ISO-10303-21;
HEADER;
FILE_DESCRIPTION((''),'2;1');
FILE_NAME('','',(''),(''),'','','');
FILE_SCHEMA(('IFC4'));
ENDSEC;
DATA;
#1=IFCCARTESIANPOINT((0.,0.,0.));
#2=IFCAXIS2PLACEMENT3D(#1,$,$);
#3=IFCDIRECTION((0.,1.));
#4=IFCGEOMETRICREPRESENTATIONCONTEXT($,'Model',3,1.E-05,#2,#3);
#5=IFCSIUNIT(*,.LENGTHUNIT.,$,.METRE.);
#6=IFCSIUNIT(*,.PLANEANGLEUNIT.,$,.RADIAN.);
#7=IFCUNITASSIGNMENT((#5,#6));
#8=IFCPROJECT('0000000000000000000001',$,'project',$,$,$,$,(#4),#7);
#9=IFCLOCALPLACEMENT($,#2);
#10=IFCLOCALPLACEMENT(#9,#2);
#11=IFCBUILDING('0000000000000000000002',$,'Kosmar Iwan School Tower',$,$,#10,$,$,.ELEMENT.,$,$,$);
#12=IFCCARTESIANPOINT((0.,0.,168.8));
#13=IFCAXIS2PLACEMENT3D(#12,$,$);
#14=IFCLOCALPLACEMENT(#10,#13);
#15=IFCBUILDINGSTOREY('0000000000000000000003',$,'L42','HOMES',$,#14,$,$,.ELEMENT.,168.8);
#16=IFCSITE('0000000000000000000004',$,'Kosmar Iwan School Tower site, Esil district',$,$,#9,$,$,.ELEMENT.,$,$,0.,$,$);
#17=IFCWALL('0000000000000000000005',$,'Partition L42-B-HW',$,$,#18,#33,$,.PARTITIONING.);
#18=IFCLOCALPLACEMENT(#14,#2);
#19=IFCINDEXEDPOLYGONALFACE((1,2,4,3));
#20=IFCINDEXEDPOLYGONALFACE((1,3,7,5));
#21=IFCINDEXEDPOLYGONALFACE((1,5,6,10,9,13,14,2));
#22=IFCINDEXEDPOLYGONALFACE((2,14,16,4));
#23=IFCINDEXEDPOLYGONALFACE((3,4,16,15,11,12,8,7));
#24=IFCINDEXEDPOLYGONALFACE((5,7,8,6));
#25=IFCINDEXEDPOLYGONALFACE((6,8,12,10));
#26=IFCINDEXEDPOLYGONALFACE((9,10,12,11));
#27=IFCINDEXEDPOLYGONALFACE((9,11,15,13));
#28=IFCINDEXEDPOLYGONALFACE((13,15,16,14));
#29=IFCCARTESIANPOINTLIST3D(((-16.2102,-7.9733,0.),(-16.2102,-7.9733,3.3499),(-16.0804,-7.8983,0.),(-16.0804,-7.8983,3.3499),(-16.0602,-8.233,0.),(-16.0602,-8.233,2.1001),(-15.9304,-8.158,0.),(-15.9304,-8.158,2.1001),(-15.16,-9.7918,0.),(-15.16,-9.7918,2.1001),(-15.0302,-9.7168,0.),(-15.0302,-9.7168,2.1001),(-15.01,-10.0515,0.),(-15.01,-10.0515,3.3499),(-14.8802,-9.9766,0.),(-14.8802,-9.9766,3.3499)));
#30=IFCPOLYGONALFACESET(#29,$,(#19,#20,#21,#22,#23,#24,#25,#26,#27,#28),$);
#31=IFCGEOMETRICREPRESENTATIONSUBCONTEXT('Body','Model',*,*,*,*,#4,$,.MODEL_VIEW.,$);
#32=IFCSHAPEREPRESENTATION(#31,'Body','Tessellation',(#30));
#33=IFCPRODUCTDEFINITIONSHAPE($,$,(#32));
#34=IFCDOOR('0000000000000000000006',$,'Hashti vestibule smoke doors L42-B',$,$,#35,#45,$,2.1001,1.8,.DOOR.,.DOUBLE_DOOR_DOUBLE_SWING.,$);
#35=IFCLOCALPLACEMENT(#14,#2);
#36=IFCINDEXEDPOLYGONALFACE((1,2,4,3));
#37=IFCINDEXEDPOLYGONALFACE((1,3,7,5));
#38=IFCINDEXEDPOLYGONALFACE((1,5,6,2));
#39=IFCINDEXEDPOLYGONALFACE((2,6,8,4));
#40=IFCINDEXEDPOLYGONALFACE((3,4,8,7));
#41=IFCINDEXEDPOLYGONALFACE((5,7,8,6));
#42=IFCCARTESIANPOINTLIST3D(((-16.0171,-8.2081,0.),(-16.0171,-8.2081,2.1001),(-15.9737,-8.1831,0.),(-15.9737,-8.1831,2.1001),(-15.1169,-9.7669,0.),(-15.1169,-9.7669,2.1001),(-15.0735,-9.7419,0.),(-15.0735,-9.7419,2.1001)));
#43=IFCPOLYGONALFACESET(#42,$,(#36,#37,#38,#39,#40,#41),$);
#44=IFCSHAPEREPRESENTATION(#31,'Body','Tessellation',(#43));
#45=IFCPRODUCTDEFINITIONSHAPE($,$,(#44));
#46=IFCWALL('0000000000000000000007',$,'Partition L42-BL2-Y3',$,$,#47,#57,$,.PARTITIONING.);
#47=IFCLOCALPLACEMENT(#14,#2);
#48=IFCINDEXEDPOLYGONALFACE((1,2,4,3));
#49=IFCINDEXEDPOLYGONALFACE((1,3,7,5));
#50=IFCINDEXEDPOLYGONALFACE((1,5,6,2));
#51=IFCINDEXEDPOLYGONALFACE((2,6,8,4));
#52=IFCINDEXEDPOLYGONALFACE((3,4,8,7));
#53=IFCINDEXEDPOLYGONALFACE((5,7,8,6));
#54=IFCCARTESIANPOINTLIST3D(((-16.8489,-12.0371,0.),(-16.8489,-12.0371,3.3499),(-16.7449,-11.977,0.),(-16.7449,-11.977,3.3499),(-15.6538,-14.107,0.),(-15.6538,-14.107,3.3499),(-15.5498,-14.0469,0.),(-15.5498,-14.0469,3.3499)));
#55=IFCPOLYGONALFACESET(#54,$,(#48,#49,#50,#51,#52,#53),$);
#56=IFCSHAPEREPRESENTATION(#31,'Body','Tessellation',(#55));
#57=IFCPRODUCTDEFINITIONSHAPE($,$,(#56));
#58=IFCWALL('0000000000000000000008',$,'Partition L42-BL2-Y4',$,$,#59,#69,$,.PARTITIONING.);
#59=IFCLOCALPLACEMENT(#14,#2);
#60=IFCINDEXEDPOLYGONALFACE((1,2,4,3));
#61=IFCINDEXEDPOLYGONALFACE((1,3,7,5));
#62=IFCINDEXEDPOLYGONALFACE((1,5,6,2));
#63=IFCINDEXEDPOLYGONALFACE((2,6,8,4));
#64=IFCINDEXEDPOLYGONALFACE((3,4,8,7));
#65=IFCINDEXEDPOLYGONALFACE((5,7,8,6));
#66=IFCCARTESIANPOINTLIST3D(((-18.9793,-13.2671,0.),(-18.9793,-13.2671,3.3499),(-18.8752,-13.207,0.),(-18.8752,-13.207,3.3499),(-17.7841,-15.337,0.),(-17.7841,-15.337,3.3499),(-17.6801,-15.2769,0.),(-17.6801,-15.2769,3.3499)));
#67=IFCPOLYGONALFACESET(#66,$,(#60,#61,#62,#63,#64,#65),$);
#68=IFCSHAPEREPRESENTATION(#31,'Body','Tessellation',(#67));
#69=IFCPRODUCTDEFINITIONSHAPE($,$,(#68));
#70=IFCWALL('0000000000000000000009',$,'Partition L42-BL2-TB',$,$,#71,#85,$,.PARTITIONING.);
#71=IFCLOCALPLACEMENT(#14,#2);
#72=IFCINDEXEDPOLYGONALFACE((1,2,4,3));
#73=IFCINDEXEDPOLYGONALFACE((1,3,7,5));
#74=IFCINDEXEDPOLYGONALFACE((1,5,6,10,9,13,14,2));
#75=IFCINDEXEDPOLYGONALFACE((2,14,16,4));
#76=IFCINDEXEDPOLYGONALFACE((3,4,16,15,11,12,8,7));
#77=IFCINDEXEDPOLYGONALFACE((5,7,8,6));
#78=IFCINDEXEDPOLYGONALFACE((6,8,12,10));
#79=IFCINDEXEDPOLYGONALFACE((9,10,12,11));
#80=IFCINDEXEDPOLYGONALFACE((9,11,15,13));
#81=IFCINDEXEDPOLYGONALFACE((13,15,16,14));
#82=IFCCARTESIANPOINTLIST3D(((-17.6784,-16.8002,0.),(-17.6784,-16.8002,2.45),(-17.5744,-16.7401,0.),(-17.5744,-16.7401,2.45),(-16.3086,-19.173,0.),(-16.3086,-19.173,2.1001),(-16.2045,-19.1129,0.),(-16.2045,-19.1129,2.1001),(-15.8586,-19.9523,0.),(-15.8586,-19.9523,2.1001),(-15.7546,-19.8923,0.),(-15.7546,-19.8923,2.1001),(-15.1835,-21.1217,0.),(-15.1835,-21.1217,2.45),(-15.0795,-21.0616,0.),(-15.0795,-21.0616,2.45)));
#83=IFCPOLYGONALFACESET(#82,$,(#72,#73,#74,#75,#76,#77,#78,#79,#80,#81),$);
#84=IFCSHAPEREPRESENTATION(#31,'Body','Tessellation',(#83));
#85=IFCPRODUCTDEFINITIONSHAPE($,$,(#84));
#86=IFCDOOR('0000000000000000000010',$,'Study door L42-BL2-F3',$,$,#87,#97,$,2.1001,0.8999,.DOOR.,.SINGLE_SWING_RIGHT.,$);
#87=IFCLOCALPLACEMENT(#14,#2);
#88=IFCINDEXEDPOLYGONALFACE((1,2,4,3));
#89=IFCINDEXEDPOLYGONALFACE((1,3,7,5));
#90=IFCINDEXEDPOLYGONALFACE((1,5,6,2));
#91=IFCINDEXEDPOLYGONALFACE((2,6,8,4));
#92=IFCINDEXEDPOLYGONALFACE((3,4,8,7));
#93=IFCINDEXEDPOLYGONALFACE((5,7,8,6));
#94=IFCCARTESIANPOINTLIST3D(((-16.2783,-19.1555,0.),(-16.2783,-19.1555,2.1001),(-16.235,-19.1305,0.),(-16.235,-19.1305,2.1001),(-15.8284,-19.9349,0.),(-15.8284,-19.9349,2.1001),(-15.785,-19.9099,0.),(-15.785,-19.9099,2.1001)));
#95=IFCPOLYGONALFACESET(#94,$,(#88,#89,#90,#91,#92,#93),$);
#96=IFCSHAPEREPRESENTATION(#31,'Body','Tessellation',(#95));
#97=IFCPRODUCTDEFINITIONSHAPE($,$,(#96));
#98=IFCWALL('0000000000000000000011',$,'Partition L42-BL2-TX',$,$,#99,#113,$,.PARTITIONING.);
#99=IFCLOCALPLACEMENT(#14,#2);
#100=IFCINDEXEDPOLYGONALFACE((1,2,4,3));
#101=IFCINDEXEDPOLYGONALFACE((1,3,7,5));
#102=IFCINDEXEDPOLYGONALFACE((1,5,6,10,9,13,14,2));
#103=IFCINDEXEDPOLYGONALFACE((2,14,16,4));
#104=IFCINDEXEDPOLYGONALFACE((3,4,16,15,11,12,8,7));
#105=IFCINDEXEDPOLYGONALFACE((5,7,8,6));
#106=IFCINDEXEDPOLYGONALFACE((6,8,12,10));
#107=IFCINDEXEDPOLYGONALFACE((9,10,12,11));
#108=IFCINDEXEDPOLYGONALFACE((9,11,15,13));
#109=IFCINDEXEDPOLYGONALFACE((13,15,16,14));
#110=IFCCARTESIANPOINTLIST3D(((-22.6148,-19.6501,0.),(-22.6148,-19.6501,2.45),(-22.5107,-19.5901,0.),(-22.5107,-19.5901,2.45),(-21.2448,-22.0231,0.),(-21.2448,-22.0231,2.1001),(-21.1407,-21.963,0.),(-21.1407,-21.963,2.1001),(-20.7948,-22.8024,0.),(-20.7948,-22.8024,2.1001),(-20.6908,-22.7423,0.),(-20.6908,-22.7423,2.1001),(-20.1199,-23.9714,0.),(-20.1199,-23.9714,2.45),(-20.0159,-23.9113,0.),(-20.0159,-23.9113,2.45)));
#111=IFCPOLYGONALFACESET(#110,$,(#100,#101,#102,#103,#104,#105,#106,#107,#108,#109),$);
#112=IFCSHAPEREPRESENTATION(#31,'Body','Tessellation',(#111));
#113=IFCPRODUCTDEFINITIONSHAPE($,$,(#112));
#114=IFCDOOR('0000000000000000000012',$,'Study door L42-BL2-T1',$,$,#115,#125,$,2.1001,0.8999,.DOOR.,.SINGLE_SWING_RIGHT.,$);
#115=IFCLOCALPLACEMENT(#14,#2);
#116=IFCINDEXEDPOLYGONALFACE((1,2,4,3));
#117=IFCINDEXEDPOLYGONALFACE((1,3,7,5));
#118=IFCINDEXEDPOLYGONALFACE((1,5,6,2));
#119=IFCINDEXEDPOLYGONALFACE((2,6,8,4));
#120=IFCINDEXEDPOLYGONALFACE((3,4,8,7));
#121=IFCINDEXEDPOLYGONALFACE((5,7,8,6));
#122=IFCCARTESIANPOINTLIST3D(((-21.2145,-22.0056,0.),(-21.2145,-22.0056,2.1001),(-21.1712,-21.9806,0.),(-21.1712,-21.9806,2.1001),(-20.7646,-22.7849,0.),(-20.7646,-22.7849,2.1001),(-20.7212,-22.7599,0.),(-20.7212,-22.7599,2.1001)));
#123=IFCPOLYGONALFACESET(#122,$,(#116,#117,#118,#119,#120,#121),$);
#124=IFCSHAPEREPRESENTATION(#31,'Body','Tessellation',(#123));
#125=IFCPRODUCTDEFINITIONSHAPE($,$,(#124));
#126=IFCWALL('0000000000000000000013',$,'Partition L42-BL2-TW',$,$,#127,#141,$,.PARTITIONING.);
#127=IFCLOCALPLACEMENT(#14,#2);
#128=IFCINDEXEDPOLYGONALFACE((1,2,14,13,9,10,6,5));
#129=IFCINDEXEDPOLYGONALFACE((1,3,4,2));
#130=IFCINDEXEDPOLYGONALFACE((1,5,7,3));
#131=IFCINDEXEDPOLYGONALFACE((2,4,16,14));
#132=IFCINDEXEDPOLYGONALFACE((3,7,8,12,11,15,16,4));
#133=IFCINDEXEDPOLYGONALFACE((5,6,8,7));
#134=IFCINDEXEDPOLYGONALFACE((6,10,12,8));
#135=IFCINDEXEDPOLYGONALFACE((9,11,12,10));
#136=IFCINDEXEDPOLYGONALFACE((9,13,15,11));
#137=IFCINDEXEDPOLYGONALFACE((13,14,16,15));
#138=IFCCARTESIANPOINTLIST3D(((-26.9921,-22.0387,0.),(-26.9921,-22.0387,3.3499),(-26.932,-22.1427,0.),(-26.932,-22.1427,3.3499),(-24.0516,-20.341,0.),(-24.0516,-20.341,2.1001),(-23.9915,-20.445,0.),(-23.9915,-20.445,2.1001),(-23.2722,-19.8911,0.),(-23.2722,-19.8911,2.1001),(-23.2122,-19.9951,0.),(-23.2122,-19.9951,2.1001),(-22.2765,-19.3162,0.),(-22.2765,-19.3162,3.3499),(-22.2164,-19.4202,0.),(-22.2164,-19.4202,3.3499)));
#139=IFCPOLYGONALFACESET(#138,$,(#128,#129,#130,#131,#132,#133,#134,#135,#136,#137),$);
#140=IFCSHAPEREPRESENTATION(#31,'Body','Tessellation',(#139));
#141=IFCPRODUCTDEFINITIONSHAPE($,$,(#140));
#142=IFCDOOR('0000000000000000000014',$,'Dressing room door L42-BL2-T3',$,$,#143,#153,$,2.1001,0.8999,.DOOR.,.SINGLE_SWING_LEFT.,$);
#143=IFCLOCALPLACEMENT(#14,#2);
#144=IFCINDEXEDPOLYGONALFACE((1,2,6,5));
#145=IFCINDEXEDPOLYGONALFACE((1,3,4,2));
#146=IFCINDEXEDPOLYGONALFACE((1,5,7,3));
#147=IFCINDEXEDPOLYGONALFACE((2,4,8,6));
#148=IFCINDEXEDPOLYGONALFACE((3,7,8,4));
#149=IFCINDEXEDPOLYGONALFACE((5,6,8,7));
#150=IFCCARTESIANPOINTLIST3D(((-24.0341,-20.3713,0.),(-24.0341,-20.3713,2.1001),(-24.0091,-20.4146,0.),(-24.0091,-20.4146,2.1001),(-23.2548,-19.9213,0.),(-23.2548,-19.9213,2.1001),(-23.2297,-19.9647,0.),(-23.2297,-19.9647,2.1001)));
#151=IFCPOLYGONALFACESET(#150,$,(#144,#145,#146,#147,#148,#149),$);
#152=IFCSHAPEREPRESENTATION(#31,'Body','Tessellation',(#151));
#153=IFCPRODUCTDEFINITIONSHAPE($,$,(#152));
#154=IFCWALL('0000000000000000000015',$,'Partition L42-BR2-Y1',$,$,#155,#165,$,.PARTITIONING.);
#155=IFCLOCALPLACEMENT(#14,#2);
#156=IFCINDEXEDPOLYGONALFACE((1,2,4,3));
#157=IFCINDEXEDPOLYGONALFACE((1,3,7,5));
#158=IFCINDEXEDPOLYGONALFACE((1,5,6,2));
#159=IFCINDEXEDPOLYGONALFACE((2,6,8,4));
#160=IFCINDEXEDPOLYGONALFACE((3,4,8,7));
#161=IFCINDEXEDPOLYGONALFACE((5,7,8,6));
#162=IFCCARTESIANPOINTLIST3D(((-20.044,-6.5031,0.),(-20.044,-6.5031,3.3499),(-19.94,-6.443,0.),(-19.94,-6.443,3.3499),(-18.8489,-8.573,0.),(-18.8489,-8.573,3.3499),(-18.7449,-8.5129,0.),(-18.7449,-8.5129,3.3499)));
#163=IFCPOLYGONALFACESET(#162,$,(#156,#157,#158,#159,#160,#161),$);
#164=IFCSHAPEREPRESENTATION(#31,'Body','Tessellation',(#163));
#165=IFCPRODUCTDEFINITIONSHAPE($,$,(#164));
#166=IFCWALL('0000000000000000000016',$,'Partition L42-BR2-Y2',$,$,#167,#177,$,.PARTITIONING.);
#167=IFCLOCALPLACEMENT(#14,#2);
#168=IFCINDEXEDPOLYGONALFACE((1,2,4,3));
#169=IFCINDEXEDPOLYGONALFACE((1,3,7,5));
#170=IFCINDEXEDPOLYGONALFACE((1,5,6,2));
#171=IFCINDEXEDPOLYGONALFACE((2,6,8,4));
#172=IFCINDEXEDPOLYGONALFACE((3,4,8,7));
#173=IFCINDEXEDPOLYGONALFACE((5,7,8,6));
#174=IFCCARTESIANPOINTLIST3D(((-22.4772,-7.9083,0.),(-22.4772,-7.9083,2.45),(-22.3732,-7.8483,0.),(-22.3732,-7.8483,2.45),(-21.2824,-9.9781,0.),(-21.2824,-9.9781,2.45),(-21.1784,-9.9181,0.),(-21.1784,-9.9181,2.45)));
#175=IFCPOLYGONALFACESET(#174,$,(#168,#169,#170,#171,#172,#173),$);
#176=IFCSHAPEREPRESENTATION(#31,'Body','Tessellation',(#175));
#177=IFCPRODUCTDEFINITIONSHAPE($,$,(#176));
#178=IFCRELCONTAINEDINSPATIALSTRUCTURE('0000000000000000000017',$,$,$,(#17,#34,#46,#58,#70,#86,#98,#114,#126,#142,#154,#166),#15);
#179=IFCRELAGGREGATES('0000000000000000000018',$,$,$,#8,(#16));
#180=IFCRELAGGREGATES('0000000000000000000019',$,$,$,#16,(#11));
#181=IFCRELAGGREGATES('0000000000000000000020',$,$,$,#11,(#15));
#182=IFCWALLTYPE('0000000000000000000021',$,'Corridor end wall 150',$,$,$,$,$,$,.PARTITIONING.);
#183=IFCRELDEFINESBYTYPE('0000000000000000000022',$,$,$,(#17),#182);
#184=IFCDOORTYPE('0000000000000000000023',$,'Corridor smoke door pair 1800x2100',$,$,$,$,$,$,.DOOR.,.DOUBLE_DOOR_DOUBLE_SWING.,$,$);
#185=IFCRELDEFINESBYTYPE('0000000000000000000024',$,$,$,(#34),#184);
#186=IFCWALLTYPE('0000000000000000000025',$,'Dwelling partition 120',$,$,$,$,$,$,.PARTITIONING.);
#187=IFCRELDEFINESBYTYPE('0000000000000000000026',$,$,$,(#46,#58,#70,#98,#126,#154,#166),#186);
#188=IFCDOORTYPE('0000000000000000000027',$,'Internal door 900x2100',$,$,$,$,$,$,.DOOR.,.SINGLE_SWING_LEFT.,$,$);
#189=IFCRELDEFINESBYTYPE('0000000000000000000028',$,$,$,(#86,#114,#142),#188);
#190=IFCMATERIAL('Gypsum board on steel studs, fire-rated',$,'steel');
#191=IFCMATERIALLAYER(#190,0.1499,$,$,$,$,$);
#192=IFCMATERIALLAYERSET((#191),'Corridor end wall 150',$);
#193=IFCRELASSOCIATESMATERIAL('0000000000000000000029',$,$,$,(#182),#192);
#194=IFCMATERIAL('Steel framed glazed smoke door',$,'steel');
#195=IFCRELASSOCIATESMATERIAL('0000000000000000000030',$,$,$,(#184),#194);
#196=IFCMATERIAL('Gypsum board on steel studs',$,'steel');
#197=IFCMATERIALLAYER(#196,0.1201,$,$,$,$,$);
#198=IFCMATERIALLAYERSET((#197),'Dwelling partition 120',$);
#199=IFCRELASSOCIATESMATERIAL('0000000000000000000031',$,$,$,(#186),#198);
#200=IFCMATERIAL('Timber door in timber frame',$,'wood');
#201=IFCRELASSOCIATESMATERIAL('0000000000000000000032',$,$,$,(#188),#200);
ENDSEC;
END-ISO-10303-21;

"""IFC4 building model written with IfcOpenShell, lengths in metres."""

from ifc_helpers import new_model, si_unit, direction, frame, frame_2d, origin, place, context, subcontext, project, spatial, rectangle, extrude, material, layer, layer_set, type_object, element, fill, save


model = new_model("IFC4")

# Units and contexts
model_context = context("Model", 3, precision=1e-05, world=origin(), true_north=direction((0.0, 1.0)))
body_context = subcontext(model_context, "Body", "Model", "MODEL_VIEW")
ifc_project = project(units=[si_unit("LENGTHUNIT", "METRE"), si_unit("PLANEANGLEUNIT", "RADIAN")], contexts=[model_context])

# Site, building, storey
site_placement = place(None, origin())
site = spatial("IfcSite", under=ifc_project, at=site_placement, Name="Kosmar Iwan School Tower site, Esil district", CompositionType="ELEMENT", RefElevation=0.0)
building_placement = place(site_placement, origin())
building = spatial("IfcBuilding", under=site, at=building_placement, Name="Kosmar Iwan School Tower", CompositionType="ELEMENT")
storey_placement = place(building_placement, frame((0.0, 0.0, 168.8)))
storey = spatial("IfcBuildingStorey", under=building, at=storey_placement, Name="L42", Description="HOMES", CompositionType="ELEMENT", Elevation=168.8)

# Wall, opening, door
ifc_material_1 = material(Name="Gypsum board on steel studs, fire-rated", Category="steel")
ifc_layer_1 = layer(ifc_material_1, 0.1499)
ifc_layer_set_1 = layer_set([ifc_layer_1], Name="Corridor end wall 150")
wall_type_1 = type_object("IfcWallType", Name="Corridor end wall 150", PredefinedType="PARTITIONING", material=ifc_layer_set_1)
wall_1_placement = place(storey_placement, frame((-16.1453, -7.9358, 0.0), z_axis=(0.0, 0.0, 1.0), x_axis=(0.500078, -0.865981, 0.0)))
wall_1 = element("IfcWall", 1, at=wall_1_placement, inside=storey, type_object=wall_type_1, Name="Partition L42-B-HW", PredefinedType="PARTITIONING", context=body_context, shape_type="SweptSolid", body=[
    extrude(rectangle(XDim=2.3999, YDim=0.1499, at=frame_2d((1.2, 0.0))), origin(), (0.0, 0.0, 1.0), 3.3499),
])
opening_1_placement = place(wall_1_placement, frame((0.3, 0.0, 0.0)))
opening_1 = element("IfcOpeningElement", 2, at=opening_1_placement, cuts=wall_1, PredefinedType="OPENING", context=body_context, shape_type="SweptSolid", body=[
    extrude(rectangle(XDim=1.8, YDim=2.1001, at=frame_2d((0.8999, 1.05))), frame((0.0, 0.0869, 0.0), z_axis=(0.0, -1.0, 0.0), x_axis=(1.0, 0.0, 0.0)), (0.0, 0.0, 1.0), 0.1738),
])
ifc_material_2 = material(Name="Steel framed glazed smoke door", Category="steel")
door_type_1 = type_object("IfcDoorType", Name="Corridor smoke door pair 1800x2100", OperationType="DOUBLE_DOOR_DOUBLE_SWING", PredefinedType="DOOR", material=ifc_material_2)
door_1_placement = place(opening_1_placement, origin())
door_1 = element("IfcDoor", 3, at=door_1_placement, inside=storey, type_object=door_type_1, Name="Hashti vestibule smoke doors L42-B", OperationType="DOUBLE_DOOR_DOUBLE_SWING", OverallHeight=2.1001, OverallWidth=1.8, PredefinedType="DOOR", context=body_context, shape_type="SweptSolid", body=[
    extrude(rectangle(XDim=1.8, YDim=2.1001, at=frame_2d((0.8999, 1.05))), frame((0.0, 0.0249, 0.0), z_axis=(0.0, -1.0, 0.0), x_axis=(1.0, 0.0, 0.0)), (0.0, 0.0, 1.0), 0.05),
])
fill(opening_1, door_1)

# Walls
ifc_material_3 = material(Name="Gypsum board on steel studs", Category="steel")
ifc_layer_2 = layer(ifc_material_3, 0.1201)
ifc_layer_set_2 = layer_set([ifc_layer_2], Name="Dwelling partition 120")
wall_type_2 = type_object("IfcWallType", Name="Dwelling partition 120", PredefinedType="PARTITIONING", material=ifc_layer_set_2)
for number, where, z_axis, x_axis, name in (
    (4, (-16.7969, -12.0071, 0.0), (0.0, 0.0, 1.0), (0.500017, -0.866015, 0.0), "Partition L42-BL2-Y3"),
    (5, (-18.9272, -13.2371, 0.0), (0.0, 0.0, 1.0), (0.500017, -0.866015, 0.0), "Partition L42-BL2-Y4"),
):
    element("IfcWall", number, at=place(storey_placement, frame(where, z_axis=z_axis, x_axis=x_axis)), inside=storey, type_object=wall_type_2, Name=name, PredefinedType="PARTITIONING", context=body_context, shape_type="SweptSolid", body=[
        extrude(rectangle(XDim=2.3901, YDim=0.1201, at=frame_2d((1.1951, 0.0))), origin(), (0.0, 0.0, 1.0), 3.3499),
    ])

# Walls, openings, doors
wall_2_placement = place(storey_placement, frame((-17.6265, -16.77, 0.0), z_axis=(0.0, 0.0, 1.0), x_axis=(0.499975, -0.86604, 0.0)))
wall_2 = element("IfcWall", 6, at=wall_2_placement, inside=storey, type_object=wall_type_2, Name="Partition L42-BL2-TB", PredefinedType="PARTITIONING", context=body_context, shape_type="SweptSolid", body=[
    extrude(rectangle(XDim=4.99, YDim=0.1201, at=frame_2d((2.4951, 0.0))), origin(), (0.0, 0.0, 1.0), 2.45),
])
opening_2_placement = place(wall_2_placement, frame((2.74, 0.0, 0.0)))
opening_2 = element("IfcOpeningElement", 7, at=opening_2_placement, cuts=wall_2, PredefinedType="OPENING", context=body_context, shape_type="SweptSolid", body=[
    extrude(rectangle(XDim=0.8999, YDim=2.1001, at=frame_2d((0.45, 1.05))), frame((0.0, 0.072, 0.0), z_axis=(0.0, -1.0, 0.0), x_axis=(1.0, 0.0, 0.0)), (0.0, 0.0, 1.0), 0.144),
])
ifc_material_4 = material(Name="Timber door in timber frame", Category="wood")
door_type_2 = type_object("IfcDoorType", Name="Internal door 900x2100", OperationType="SINGLE_SWING_LEFT", PredefinedType="DOOR", material=ifc_material_4)
door_2_placement = place(opening_2_placement, origin())
door_2 = element("IfcDoor", 8, at=door_2_placement, inside=storey, type_object=door_type_2, Name="Study door L42-BL2-F3", OperationType="SINGLE_SWING_RIGHT", OverallHeight=2.1001, OverallWidth=0.8999, PredefinedType="DOOR", context=body_context, shape_type="SweptSolid", body=[
    extrude(rectangle(XDim=0.8999, YDim=2.1001, at=frame_2d((0.45, 1.05))), frame((0.0, 0.0249, 0.0), z_axis=(0.0, -1.0, 0.0), x_axis=(1.0, 0.0, 0.0)), (0.0, 0.0, 1.0), 0.05),
])
fill(opening_2, door_2)
wall_3_placement = place(storey_placement, frame((-22.5627, -19.6201, 0.0), z_axis=(0.0, 0.0, 1.0), x_axis=(0.499996, -0.866028, 0.0)))
wall_3 = element("IfcWall", 9, at=wall_3_placement, inside=storey, type_object=wall_type_2, Name="Partition L42-BL2-TX", PredefinedType="PARTITIONING", context=body_context, shape_type="SweptSolid", body=[
    extrude(rectangle(XDim=4.9897, YDim=0.1201, at=frame_2d((2.4949, 0.0))), origin(), (0.0, 0.0, 1.0), 2.45),
])
opening_3_placement = place(wall_3_placement, frame((2.74, 0.0, 0.0)))
opening_3 = element("IfcOpeningElement", 10, at=opening_3_placement, cuts=wall_3, PredefinedType="OPENING", context=body_context, shape_type="SweptSolid", body=[
    extrude(rectangle(XDim=0.8999, YDim=2.1001, at=frame_2d((0.45, 1.05))), frame((0.0, 0.072, 0.0), z_axis=(0.0, -1.0, 0.0), x_axis=(1.0, 0.0, 0.0)), (0.0, 0.0, 1.0), 0.144),
])
door_3_placement = place(opening_3_placement, origin())
door_3 = element("IfcDoor", 11, at=door_3_placement, inside=storey, type_object=door_type_2, Name="Study door L42-BL2-T1", OperationType="SINGLE_SWING_RIGHT", OverallHeight=2.1001, OverallWidth=0.8999, PredefinedType="DOOR", context=body_context, shape_type="SweptSolid", body=[
    extrude(rectangle(XDim=0.8999, YDim=2.1001, at=frame_2d((0.45, 1.05))), frame((0.0, 0.0249, 0.0), z_axis=(0.0, -1.0, 0.0), x_axis=(1.0, 0.0, 0.0)), (0.0, 0.0, 1.0), 0.05),
])
fill(opening_3, door_3)
wall_4_placement = place(storey_placement, frame((-22.2463, -19.3682, 0.0), z_axis=(0.0, 0.0, 1.0), x_axis=(-0.866036, -0.499982, 0.0)))
wall_4 = element("IfcWall", 12, at=wall_4_placement, inside=storey, type_object=wall_type_2, Name="Partition L42-BL2-TW", PredefinedType="PARTITIONING", context=body_context, shape_type="SweptSolid", body=[
    extrude(rectangle(XDim=5.4451, YDim=0.1201, at=frame_2d((2.7227, 0.0))), origin(), (0.0, 0.0, 1.0), 3.3499),
])
opening_4_placement = place(wall_4_placement, frame((1.1499, 0.0, 0.0)))
opening_4 = element("IfcOpeningElement", 13, at=opening_4_placement, cuts=wall_4, PredefinedType="OPENING", context=body_context, shape_type="SweptSolid", body=[
    extrude(rectangle(XDim=0.8999, YDim=2.1001, at=frame_2d((0.45, 1.05))), frame((0.0, 0.072, 0.0), z_axis=(0.0, -1.0, 0.0), x_axis=(1.0, 0.0, 0.0)), (0.0, 0.0, 1.0), 0.144),
])
door_4_placement = place(opening_4_placement, origin())
door_4 = element("IfcDoor", 14, at=door_4_placement, inside=storey, type_object=door_type_2, Name="Dressing room door L42-BL2-T3", OperationType="SINGLE_SWING_LEFT", OverallHeight=2.1001, OverallWidth=0.8999, PredefinedType="DOOR", context=body_context, shape_type="SweptSolid", body=[
    extrude(rectangle(XDim=0.8999, YDim=2.1001, at=frame_2d((0.45, 1.05))), frame((0.0, 0.0249, 0.0), z_axis=(0.0, -1.0, 0.0), x_axis=(1.0, 0.0, 0.0)), (0.0, 0.0, 1.0), 0.05),
])
fill(opening_4, door_4)

# Walls
wall_5_placement = place(storey_placement, frame((-18.7969, -8.543, 0.0), z_axis=(0.0, 0.0, 1.0), x_axis=(-0.500017, 0.866015, 0.0)))
element("IfcWall", 15, at=wall_5_placement, inside=storey, type_object=wall_type_2, Name="Partition L42-BR2-Y1", PredefinedType="PARTITIONING", context=body_context, shape_type="SweptSolid", body=[
    extrude(rectangle(XDim=2.3901, YDim=0.1201, at=frame_2d((1.1951, 0.0))), origin(), (0.0, 0.0, 1.0), 3.3499),
])
wall_6_placement = place(storey_placement, frame((-21.2305, -9.948, 0.0), z_axis=(0.0, 0.0, 1.0), x_axis=(-0.499941, 0.86606, 0.0)))
element("IfcWall", 16, at=wall_6_placement, inside=storey, type_object=wall_type_2, Name="Partition L42-BR2-Y2", PredefinedType="PARTITIONING", context=body_context, shape_type="SweptSolid", body=[
    extrude(rectangle(XDim=2.3899, YDim=0.1201, at=frame_2d((1.1948, 0.0))), origin(), (0.0, 0.0, 1.0), 2.45),
])

save(model, "model.ifc")
